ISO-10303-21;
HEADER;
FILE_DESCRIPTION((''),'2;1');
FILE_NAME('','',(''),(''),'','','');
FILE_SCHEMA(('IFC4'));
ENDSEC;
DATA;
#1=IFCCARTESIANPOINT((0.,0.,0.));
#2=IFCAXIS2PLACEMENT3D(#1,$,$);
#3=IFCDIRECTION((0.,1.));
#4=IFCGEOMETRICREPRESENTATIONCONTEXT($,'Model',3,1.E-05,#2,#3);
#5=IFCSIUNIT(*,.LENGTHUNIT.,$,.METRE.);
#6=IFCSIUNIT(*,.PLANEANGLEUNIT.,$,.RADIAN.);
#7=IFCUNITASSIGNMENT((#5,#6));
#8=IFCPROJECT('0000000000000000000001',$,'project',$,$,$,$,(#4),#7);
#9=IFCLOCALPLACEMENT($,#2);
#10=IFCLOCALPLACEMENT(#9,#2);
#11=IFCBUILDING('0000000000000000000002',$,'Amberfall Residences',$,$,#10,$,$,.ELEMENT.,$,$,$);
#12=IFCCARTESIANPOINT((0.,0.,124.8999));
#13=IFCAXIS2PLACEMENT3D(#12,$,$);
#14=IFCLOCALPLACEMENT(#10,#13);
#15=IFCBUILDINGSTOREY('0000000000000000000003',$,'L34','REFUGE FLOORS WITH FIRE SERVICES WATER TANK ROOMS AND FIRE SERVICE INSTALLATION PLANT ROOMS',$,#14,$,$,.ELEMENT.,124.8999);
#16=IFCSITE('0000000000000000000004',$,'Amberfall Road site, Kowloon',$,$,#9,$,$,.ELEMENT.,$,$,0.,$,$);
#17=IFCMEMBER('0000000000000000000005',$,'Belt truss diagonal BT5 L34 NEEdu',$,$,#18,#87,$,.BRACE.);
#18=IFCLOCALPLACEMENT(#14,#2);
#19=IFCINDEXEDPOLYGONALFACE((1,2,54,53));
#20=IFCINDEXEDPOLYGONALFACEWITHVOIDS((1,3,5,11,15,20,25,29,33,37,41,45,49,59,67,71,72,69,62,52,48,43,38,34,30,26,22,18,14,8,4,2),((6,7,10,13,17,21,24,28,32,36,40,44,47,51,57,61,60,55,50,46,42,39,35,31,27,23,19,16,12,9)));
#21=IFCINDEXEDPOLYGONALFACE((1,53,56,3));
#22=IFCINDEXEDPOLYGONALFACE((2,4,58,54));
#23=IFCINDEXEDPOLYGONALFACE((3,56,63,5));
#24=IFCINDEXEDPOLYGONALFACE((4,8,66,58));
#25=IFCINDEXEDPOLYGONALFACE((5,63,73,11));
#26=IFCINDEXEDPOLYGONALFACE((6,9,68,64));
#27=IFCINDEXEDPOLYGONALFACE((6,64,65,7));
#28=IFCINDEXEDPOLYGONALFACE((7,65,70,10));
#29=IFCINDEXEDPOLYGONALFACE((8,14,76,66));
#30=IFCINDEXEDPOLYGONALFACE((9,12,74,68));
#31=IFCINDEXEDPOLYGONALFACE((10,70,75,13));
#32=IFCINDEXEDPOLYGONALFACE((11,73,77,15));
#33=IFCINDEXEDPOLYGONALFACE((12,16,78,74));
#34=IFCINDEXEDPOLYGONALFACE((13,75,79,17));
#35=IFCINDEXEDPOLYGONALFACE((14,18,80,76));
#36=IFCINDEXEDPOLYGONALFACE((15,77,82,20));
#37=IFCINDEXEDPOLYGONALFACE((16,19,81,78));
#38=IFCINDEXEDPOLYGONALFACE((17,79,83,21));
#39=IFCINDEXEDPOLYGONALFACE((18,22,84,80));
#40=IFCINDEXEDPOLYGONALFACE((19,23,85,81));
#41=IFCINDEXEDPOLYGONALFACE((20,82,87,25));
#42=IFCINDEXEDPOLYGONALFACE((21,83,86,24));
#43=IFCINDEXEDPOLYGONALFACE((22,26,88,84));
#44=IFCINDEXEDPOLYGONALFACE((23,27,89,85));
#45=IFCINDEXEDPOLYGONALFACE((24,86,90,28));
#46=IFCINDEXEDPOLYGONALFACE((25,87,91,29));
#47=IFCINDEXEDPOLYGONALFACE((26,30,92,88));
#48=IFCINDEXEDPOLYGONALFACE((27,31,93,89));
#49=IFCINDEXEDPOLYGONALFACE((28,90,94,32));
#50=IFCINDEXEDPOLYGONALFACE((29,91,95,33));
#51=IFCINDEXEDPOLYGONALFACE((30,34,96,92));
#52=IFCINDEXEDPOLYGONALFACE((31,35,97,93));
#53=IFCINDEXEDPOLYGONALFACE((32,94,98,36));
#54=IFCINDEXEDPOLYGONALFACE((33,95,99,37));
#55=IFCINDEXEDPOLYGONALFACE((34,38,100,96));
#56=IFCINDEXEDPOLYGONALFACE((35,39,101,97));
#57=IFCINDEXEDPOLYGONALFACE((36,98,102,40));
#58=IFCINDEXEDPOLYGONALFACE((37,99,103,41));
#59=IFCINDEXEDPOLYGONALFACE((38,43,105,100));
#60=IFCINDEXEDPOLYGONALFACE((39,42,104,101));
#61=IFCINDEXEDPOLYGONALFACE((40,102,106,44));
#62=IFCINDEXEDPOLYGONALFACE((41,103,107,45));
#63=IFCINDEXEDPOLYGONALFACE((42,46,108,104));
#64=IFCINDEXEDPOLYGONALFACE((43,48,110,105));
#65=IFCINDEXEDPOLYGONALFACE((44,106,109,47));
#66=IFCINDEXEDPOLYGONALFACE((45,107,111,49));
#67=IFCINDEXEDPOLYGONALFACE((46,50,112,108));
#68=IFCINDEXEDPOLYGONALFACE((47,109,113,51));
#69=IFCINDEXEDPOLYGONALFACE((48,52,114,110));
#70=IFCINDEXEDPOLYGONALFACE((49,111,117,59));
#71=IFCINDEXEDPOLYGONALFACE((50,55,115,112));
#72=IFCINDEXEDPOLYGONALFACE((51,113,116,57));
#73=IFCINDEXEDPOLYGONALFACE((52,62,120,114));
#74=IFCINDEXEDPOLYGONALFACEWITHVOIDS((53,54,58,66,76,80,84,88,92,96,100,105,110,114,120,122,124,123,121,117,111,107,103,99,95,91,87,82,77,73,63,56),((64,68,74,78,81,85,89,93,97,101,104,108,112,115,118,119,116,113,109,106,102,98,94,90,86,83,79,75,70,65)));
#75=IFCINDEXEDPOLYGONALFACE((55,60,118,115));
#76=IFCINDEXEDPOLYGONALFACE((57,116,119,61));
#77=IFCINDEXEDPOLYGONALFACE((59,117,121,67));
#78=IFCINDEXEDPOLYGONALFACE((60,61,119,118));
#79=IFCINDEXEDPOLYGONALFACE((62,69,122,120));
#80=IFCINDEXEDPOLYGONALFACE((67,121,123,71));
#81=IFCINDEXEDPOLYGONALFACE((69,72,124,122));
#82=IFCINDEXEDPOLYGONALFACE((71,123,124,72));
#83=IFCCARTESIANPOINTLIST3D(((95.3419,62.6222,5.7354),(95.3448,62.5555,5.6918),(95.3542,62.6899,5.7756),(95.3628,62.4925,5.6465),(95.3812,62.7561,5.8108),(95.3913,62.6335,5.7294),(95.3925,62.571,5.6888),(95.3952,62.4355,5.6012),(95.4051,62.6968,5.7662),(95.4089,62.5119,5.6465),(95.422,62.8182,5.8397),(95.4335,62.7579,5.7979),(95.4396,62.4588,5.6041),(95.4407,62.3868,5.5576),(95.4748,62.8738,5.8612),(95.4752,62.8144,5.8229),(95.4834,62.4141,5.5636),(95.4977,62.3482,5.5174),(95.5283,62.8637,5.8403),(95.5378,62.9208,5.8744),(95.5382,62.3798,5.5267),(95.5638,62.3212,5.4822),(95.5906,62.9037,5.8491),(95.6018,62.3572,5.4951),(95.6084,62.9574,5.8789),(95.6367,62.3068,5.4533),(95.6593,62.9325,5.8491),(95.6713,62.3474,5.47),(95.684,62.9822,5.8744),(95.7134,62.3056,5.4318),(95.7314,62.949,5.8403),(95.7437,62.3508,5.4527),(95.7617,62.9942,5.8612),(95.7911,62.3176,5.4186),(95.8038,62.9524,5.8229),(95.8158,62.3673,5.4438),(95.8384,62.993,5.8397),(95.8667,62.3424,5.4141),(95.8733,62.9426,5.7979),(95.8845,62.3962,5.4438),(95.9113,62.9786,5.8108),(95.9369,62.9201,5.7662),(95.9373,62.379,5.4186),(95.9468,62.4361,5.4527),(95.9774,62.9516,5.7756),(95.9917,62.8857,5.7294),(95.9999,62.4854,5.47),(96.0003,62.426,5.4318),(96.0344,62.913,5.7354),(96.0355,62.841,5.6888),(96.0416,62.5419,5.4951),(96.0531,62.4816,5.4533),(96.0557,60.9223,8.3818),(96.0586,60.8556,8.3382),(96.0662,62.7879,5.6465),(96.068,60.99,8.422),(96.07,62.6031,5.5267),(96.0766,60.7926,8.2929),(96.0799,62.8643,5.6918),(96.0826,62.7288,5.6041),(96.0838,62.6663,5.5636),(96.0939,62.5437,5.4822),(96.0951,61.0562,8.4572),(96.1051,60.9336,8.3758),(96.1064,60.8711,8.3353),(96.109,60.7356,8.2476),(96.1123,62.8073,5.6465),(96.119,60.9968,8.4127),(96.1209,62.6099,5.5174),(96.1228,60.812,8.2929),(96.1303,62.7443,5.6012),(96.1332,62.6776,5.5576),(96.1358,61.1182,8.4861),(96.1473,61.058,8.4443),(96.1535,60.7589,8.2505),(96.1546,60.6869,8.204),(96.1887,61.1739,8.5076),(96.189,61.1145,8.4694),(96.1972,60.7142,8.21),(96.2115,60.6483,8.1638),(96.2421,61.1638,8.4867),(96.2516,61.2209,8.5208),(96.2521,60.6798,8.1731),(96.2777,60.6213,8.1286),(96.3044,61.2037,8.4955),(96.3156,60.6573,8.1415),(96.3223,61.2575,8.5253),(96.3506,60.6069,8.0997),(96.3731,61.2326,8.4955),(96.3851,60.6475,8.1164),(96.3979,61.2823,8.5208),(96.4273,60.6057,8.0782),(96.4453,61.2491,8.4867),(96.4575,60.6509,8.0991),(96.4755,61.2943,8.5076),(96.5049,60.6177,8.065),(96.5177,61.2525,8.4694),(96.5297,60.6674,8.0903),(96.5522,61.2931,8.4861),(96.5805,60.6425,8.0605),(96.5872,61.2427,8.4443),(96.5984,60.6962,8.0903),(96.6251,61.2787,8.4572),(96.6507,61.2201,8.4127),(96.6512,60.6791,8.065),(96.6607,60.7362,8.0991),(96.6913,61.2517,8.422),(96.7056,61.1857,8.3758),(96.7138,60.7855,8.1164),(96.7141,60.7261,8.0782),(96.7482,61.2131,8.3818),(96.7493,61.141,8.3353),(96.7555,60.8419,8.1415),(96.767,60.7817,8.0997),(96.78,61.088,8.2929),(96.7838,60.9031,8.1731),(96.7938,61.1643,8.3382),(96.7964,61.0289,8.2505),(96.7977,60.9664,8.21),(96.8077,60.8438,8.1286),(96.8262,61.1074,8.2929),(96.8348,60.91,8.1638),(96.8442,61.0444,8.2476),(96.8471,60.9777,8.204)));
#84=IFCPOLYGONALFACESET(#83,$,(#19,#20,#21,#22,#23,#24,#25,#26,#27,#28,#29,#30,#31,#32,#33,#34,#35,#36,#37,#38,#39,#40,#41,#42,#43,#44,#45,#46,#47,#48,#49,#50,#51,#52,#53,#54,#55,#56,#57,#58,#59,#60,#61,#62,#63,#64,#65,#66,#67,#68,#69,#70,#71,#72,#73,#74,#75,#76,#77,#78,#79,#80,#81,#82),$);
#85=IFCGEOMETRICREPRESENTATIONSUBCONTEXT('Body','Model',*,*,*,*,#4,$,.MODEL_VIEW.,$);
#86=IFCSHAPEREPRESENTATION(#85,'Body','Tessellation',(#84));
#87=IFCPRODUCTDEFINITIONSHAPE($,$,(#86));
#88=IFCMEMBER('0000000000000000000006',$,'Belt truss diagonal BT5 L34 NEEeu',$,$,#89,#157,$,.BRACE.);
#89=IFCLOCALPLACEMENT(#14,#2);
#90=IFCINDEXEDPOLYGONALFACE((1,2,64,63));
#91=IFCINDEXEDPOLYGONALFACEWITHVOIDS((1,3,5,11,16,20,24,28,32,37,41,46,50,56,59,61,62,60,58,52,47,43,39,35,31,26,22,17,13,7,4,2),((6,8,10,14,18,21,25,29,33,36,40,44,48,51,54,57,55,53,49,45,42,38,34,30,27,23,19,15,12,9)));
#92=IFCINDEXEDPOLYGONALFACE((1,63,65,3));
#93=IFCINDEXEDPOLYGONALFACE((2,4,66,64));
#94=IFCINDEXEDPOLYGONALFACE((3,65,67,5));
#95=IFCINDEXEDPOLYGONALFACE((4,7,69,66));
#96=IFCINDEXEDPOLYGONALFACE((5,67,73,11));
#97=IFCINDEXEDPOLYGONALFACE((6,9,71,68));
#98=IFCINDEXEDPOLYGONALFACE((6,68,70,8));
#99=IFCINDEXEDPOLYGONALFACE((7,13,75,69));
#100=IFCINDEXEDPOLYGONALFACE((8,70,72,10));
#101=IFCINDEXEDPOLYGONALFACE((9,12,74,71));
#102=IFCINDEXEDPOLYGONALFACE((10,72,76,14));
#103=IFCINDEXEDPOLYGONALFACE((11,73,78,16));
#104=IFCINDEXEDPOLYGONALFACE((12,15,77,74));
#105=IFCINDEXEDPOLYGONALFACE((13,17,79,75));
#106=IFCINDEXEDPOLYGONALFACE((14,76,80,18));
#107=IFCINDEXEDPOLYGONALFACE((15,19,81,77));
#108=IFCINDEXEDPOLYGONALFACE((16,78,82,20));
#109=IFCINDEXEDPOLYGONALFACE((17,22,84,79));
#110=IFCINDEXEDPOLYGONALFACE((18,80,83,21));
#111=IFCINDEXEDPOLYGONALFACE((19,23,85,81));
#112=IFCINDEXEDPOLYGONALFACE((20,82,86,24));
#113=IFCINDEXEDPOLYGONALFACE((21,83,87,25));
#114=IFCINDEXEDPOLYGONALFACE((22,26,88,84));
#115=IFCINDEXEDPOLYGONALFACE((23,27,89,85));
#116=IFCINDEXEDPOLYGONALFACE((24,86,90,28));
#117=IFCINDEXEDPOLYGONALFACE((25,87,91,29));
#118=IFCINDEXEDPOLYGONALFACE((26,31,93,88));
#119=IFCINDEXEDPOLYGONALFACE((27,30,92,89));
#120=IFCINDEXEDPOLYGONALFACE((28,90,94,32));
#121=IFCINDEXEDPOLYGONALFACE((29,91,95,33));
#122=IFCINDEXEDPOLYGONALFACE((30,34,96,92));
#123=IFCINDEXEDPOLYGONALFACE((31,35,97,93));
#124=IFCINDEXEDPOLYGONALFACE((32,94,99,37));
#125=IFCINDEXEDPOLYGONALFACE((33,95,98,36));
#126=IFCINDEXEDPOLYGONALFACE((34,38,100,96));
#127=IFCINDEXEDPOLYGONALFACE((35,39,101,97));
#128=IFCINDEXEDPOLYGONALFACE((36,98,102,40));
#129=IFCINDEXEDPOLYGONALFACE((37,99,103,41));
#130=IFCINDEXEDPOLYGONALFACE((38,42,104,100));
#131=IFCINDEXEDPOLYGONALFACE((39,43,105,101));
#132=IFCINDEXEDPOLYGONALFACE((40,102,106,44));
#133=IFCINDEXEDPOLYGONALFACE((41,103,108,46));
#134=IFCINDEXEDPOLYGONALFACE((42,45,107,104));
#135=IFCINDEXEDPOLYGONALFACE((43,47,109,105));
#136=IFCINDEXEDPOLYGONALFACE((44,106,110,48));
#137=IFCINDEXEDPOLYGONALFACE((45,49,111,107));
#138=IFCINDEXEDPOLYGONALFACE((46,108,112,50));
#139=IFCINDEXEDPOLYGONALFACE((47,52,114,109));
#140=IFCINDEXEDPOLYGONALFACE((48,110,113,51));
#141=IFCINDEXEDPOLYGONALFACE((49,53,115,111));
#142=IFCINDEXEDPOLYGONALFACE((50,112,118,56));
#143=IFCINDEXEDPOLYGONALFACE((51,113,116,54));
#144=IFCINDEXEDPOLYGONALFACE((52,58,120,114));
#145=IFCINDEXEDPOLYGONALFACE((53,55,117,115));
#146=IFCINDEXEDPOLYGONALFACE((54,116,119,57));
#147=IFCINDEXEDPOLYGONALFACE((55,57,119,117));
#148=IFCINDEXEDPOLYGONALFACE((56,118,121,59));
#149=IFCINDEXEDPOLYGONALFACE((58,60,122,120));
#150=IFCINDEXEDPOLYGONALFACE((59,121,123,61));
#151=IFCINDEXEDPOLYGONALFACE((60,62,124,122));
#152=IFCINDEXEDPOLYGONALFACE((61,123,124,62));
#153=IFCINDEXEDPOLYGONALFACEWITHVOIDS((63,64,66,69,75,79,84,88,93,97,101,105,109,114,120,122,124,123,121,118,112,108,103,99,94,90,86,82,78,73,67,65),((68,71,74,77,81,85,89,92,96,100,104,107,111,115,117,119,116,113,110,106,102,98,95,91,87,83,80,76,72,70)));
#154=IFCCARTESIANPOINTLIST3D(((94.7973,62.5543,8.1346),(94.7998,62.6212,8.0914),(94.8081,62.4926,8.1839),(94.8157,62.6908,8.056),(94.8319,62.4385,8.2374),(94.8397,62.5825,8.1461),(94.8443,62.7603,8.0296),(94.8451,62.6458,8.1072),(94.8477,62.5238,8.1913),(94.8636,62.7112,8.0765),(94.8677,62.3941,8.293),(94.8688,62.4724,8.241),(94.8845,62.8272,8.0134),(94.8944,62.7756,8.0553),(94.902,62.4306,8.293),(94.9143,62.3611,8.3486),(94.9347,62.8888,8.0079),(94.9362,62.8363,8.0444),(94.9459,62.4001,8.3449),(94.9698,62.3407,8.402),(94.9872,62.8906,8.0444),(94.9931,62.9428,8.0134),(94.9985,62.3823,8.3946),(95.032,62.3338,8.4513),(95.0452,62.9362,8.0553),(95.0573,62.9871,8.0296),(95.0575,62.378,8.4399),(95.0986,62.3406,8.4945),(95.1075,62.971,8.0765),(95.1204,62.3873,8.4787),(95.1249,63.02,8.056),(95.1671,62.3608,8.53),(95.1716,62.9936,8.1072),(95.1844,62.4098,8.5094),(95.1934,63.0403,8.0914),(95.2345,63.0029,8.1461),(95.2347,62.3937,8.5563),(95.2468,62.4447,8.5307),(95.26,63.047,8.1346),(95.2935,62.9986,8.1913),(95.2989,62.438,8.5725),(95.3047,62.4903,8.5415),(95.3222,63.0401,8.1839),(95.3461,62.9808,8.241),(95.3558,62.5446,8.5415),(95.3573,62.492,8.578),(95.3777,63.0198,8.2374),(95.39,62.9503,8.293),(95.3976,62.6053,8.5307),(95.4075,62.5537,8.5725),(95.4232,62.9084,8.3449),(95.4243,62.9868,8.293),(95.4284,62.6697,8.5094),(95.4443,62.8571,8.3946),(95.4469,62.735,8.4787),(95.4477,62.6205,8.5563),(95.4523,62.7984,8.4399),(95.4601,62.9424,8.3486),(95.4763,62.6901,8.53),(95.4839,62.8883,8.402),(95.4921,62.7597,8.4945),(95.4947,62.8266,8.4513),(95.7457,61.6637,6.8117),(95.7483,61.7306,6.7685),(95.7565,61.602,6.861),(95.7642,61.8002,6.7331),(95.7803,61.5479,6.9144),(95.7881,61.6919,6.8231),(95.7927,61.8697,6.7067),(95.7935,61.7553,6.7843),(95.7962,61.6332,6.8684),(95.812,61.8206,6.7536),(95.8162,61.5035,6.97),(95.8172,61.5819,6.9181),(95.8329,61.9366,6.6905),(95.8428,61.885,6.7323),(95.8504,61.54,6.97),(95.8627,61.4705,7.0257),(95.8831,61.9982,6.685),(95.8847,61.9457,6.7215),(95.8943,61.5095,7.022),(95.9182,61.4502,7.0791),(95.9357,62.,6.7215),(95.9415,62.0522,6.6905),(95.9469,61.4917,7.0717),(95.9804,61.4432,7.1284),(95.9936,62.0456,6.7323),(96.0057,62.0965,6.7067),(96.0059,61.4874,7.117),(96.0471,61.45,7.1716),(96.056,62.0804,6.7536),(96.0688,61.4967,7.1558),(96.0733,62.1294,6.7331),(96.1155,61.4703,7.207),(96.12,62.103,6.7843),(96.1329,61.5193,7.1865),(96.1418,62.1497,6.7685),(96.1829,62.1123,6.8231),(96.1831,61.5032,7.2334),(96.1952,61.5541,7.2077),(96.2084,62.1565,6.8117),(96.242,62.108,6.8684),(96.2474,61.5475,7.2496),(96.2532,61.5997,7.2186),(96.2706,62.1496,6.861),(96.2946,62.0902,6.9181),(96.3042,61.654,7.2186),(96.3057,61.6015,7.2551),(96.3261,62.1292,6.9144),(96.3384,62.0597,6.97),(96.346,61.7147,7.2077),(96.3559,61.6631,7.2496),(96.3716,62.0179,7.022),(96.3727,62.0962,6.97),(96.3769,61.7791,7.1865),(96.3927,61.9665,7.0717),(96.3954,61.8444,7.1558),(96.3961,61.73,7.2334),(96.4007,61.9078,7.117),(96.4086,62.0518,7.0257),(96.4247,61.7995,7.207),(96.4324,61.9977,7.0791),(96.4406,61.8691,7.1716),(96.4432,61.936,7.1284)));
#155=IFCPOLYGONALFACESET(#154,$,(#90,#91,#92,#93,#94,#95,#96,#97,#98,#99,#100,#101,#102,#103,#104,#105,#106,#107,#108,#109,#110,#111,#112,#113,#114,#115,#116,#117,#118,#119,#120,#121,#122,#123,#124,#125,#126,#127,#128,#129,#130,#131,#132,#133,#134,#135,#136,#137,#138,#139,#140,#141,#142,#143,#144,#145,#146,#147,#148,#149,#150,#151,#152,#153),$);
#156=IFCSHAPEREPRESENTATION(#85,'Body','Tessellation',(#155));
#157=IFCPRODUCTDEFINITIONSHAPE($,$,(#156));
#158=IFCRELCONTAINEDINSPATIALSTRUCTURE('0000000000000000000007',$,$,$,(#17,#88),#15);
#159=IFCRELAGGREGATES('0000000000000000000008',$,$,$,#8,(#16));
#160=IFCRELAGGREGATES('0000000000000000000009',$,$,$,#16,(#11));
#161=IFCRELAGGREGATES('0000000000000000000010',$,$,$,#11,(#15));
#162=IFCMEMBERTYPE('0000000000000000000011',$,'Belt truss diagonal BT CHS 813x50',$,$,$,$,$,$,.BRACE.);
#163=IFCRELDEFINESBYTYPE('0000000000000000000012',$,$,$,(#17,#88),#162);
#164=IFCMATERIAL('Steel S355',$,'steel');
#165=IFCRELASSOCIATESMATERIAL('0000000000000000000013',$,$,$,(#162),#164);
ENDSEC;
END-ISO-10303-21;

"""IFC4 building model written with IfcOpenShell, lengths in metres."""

from ifc_helpers import new_model, si_unit, direction, frame, origin, origin_2d, place, context, subcontext, project, spatial, hollow_circle, extrude, material, material_profile, profile_set, type_object, element, save


model = new_model("IFC4")

# Units and contexts
model_context = context("Model", 3, precision=1e-05, world=origin(), true_north=direction((0.0, 1.0)))
body_context = subcontext(model_context, "Body", "Model", "MODEL_VIEW")
ifc_project = project(units=[si_unit("LENGTHUNIT", "METRE"), si_unit("PLANEANGLEUNIT", "RADIAN")], contexts=[model_context])

# Site, building, storey
site_placement = place(None, origin())
site = spatial("IfcSite", under=ifc_project, at=site_placement, Name="Amberfall Road site, Kowloon", CompositionType="ELEMENT", RefElevation=0.0)
building_placement = place(site_placement, origin())
building = spatial("IfcBuilding", under=site, at=building_placement, Name="Amberfall Residences", CompositionType="ELEMENT")
storey_placement = place(building_placement, frame((0.0, 0.0, 124.8999)))
storey = spatial("IfcBuildingStorey", under=building, at=storey_placement, Name="L34", Description="REFUGE FLOORS WITH FIRE SERVICES WATER TANK ROOMS AND FIRE SERVICE INSTALLATION PLANT ROOMS", CompositionType="ELEMENT", Elevation=124.8999)

# Shared definitions
ifc_material_1 = material(Name="Steel S355", Category="steel")

# Members
ifc_material_profile_1 = material_profile(ifc_material_1, hollow_circle(Radius=0.4065, WallThickness=0.05, at=origin_2d()), Name="CHS 813x50")
ifc_profile_set_1 = profile_set([ifc_material_profile_1], Name="Steel S355")
member_type = type_object("IfcMemberType", Name="Belt truss diagonal BT CHS 813x50", PredefinedType="BRACE", material=ifc_profile_set_1)
member_1_placement = place(storey_placement, frame((95.7375, 62.6499, 5.6465), z_axis=(0.221325, -0.527048, 0.820509), x_axis=(0.922004, 0.387181, 0.0)))
element("IfcMember", 1, at=member_1_placement, inside=storey, type_object=member_type, Name="Belt truss diagonal BT5 L34 NEEdu", PredefinedType="BRACE", context=body_context, shape_type="SweptSolid", body=[
    extrude(hollow_circle(Radius=0.4065, WallThickness=0.05, at=origin_2d()), origin(), (0.0, 0.0, 1.0), 3.2253),
])
member_2_placement = place(storey_placement, frame((95.146, 62.6904, 8.293), z_axis=(0.511155, -0.479972, -0.712985), x_axis=(0.684521, 0.728993, 0.0)))
element("IfcMember", 2, at=member_2_placement, inside=storey, type_object=member_type, Name="Belt truss diagonal BT5 L34 NEEeu", PredefinedType="BRACE", context=body_context, shape_type="SweptSolid", body=[
    extrude(hollow_circle(Radius=0.4065, WallThickness=0.05, at=origin_2d()), origin(), (0.0, 0.0, 1.0), 1.8555),
])

save(model, "model.ifc")
